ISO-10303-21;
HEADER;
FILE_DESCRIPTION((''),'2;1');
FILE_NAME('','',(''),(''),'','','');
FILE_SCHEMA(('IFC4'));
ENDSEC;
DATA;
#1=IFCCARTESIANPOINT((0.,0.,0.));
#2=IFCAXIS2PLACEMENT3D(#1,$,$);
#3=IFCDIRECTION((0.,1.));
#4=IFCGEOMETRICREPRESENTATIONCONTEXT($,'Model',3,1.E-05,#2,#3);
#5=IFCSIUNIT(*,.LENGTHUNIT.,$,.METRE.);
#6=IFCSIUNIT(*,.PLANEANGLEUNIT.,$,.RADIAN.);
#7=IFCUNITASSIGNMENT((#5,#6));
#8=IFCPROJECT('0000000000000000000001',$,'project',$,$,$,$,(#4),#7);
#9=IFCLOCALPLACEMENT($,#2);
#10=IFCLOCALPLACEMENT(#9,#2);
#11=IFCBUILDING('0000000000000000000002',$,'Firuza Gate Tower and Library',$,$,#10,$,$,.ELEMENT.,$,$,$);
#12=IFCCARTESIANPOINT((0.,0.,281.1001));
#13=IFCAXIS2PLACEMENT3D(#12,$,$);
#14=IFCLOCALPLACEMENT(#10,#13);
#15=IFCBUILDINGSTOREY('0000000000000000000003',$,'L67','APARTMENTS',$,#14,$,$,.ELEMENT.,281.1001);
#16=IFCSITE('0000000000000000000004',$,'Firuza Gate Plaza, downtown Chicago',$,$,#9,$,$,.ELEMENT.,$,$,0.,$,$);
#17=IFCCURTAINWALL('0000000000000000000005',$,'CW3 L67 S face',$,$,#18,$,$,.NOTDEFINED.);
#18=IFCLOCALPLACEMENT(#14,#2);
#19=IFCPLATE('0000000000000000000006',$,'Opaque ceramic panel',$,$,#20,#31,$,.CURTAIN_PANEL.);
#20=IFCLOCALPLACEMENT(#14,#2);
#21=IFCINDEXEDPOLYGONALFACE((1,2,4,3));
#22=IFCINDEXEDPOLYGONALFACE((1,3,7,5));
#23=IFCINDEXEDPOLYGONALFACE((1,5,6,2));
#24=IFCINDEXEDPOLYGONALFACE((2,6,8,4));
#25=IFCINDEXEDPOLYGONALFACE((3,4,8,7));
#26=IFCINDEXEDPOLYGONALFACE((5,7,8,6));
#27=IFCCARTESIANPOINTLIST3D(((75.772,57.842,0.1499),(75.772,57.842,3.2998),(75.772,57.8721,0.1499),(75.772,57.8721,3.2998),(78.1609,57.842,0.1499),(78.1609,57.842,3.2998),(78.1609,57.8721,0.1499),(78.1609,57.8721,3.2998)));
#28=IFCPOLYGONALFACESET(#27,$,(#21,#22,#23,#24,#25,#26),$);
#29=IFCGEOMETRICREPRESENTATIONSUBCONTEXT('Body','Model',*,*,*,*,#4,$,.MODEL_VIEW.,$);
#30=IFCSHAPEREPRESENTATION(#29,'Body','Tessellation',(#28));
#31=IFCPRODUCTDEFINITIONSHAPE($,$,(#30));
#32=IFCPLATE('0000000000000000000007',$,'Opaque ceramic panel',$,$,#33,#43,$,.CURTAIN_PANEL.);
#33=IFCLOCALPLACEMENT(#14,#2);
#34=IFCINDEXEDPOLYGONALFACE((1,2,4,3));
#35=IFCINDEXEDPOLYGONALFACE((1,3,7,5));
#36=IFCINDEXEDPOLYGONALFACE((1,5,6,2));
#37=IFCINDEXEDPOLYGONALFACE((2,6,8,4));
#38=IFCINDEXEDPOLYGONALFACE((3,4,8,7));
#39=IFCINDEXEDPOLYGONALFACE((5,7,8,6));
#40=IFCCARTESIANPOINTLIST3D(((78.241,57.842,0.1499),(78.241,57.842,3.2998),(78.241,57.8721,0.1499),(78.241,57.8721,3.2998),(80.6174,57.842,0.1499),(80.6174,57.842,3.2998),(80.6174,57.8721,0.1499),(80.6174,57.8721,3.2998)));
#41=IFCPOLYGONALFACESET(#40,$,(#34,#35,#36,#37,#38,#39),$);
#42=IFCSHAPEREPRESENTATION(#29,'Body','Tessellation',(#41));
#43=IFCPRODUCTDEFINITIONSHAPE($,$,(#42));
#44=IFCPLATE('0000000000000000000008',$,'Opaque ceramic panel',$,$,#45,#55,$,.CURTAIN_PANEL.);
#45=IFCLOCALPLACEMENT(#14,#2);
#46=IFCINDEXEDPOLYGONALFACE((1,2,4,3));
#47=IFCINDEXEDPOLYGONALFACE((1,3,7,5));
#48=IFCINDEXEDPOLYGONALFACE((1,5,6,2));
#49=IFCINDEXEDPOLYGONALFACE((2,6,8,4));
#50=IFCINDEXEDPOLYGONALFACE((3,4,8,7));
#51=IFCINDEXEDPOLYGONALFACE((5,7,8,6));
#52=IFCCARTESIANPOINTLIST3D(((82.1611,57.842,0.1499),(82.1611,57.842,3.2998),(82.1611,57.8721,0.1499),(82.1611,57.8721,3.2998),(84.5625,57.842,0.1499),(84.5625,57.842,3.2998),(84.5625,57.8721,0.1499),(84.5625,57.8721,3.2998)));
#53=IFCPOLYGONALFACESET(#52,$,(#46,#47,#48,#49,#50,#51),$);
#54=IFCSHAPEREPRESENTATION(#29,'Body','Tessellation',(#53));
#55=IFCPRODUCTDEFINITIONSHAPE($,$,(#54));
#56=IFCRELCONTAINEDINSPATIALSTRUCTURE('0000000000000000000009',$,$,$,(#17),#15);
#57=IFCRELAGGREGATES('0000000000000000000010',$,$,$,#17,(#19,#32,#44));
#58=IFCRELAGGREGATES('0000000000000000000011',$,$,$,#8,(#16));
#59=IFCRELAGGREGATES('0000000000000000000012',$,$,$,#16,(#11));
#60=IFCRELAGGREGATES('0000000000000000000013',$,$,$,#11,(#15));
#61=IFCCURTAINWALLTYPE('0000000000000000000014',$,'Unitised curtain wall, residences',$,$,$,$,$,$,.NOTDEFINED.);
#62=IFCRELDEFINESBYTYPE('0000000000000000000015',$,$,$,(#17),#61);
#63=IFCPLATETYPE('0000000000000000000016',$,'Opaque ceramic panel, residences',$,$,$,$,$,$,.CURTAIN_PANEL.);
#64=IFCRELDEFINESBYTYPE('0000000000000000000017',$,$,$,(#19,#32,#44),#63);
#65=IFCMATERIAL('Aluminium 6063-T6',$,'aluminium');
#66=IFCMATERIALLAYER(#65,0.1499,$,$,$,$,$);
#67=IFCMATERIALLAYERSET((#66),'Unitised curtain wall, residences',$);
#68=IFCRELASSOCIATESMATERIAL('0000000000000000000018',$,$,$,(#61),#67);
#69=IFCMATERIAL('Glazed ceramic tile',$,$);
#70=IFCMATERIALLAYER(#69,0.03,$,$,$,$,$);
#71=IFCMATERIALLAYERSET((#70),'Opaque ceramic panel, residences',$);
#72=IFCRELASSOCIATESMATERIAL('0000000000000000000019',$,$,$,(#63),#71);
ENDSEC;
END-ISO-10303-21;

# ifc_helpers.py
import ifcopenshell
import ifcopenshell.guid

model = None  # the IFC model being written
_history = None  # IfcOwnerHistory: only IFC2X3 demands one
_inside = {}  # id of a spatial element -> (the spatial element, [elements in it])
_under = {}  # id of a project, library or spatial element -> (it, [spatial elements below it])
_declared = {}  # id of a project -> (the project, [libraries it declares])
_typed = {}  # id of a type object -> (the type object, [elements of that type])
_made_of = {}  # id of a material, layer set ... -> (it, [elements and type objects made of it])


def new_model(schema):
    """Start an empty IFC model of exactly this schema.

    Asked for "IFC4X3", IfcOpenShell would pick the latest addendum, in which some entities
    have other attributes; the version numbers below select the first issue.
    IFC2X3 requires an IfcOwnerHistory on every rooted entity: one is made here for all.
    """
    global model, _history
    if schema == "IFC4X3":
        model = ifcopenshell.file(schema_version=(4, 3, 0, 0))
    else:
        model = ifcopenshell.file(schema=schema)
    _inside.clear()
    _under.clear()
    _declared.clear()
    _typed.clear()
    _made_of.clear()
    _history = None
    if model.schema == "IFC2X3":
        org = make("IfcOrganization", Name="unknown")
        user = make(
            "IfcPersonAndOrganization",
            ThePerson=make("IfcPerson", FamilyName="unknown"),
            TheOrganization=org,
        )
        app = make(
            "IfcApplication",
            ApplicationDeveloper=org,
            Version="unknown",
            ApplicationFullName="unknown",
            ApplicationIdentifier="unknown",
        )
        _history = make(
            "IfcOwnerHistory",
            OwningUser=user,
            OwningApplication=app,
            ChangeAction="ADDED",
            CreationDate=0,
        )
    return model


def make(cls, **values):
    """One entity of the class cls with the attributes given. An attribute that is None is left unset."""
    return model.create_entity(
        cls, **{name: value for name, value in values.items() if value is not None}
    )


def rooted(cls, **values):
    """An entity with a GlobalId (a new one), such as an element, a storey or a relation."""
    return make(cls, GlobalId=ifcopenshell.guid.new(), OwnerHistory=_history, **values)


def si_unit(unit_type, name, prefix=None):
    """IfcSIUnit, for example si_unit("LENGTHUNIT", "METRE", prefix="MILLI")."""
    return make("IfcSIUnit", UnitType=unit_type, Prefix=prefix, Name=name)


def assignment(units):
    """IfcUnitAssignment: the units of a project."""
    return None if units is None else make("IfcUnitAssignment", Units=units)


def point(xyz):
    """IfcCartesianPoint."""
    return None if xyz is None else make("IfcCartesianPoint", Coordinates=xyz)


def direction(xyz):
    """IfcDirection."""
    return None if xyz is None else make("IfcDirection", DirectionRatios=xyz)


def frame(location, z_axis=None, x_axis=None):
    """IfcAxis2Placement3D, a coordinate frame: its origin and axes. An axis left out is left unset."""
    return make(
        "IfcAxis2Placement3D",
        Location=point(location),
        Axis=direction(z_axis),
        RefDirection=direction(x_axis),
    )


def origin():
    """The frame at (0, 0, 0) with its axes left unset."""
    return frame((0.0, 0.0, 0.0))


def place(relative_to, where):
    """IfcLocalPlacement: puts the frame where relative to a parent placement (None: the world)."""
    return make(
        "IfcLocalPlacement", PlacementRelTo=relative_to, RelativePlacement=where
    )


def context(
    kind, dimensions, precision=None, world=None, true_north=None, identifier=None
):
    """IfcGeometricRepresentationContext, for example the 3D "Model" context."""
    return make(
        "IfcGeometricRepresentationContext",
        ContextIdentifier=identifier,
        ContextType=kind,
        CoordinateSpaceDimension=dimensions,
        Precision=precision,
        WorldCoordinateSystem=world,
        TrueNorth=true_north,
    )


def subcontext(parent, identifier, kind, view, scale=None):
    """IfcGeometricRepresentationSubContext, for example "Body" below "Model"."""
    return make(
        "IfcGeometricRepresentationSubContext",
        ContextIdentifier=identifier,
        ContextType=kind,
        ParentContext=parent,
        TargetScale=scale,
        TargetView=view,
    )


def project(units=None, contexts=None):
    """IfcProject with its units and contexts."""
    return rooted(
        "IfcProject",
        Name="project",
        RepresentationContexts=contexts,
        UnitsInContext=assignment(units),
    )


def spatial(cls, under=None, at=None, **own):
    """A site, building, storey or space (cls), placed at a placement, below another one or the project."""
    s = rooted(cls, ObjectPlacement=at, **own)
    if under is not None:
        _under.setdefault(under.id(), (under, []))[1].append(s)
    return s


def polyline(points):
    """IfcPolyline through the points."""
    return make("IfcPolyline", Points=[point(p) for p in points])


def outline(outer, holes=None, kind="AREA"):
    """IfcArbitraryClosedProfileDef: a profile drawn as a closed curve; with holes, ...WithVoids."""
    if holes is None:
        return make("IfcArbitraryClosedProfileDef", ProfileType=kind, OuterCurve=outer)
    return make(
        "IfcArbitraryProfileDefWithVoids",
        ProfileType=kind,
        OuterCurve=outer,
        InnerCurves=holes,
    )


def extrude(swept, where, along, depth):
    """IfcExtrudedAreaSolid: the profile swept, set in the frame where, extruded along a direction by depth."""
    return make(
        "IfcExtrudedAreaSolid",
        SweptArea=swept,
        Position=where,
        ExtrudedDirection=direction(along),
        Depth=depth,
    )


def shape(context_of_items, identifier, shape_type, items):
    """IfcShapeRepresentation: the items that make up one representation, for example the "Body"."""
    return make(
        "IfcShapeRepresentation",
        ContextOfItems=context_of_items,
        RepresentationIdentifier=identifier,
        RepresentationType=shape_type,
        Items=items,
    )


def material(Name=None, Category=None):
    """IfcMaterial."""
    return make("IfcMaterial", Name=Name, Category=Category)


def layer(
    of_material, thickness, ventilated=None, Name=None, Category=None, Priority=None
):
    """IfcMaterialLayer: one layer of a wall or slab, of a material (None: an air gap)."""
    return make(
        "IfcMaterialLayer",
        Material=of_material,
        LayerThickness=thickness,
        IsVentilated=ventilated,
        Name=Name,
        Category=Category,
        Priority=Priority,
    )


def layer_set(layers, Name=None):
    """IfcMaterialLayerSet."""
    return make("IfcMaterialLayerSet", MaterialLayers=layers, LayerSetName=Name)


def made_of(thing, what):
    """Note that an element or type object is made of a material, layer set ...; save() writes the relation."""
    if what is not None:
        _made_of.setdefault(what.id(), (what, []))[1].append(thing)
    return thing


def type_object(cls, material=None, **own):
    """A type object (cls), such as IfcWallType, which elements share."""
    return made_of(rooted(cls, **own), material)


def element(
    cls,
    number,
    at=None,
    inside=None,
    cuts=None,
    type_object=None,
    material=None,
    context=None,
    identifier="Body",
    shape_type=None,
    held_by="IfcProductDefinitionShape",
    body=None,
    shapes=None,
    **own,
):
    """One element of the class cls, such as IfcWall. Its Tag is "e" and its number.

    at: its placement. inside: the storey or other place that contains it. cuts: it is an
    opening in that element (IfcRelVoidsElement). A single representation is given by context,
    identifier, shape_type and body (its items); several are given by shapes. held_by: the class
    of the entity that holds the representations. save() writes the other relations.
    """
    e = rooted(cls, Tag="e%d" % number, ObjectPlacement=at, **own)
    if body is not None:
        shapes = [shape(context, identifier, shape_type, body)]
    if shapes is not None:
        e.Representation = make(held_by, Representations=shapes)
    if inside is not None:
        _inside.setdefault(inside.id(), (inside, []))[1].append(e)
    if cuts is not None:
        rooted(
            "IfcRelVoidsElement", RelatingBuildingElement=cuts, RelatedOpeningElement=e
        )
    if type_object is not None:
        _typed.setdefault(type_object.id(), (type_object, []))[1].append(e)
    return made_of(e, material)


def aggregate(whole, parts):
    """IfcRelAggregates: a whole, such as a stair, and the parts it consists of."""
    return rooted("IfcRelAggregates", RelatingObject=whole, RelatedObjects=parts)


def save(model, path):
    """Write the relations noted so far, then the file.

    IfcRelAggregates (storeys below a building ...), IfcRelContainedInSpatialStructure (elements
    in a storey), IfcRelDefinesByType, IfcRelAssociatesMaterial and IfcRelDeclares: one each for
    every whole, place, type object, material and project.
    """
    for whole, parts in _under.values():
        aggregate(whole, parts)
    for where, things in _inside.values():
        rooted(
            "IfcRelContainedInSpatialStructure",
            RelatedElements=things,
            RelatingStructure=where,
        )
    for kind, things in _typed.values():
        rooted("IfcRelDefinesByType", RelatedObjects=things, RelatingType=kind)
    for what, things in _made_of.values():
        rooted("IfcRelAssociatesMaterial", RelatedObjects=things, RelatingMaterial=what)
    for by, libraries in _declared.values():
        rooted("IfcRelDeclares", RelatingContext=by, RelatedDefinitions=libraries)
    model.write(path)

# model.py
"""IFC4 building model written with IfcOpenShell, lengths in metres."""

from ifc_helpers import new_model, si_unit, direction, frame, origin, place, context, subcontext, project, spatial, polyline, outline, extrude, material, layer, layer_set, type_object, element, aggregate, save


model = new_model("IFC4")

# Units and contexts
model_context = context("Model", 3, precision=1e-05, world=origin(), true_north=direction((0.0, 1.0)))
body_context = subcontext(model_context, "Body", "Model", "MODEL_VIEW")
ifc_project = project(units=[si_unit("LENGTHUNIT", "METRE"), si_unit("PLANEANGLEUNIT", "RADIAN")], contexts=[model_context])

# Site, building, storey
site_placement = place(None, origin())
site = spatial("IfcSite", under=ifc_project, at=site_placement, Name="Firuza Gate Plaza, downtown Chicago", CompositionType="ELEMENT", RefElevation=0.0)
building_placement = place(site_placement, origin())
building = spatial("IfcBuilding", under=site, at=building_placement, Name="Firuza Gate Tower and Library", CompositionType="ELEMENT")
storey_placement = place(building_placement, frame((0.0, 0.0, 281.1001)))
storey = spatial("IfcBuildingStorey", under=building, at=storey_placement, Name="L67", Description="APARTMENTS", CompositionType="ELEMENT", Elevation=281.1001)

# Curtain wall, plates
ifc_material_1 = material(Name="Aluminium 6063-T6", Category="aluminium")
ifc_layer_1 = layer(ifc_material_1, 0.1499)
ifc_layer_set_1 = layer_set([ifc_layer_1], Name="Unitised curtain wall, residences")
curtain_wall_type = type_object("IfcCurtainWallType", Name="Unitised curtain wall, residences", PredefinedType="NOTDEFINED", material=ifc_layer_set_1)
curtain_wall_placement = place(storey_placement, origin())
curtain_wall = element("IfcCurtainWall", 1, at=curtain_wall_placement, inside=storey, type_object=curtain_wall_type, Name="CW3 L67 S face", PredefinedType="NOTDEFINED")
ifc_material_2 = material(Name="Glazed ceramic tile")
ifc_layer_2 = layer(ifc_material_2, 0.03)
ifc_layer_set_2 = layer_set([ifc_layer_2], Name="Opaque ceramic panel, residences")
plate_type_1 = type_object("IfcPlateType", Name="Opaque ceramic panel, residences", PredefinedType="CURTAIN_PANEL", material=ifc_layer_set_2)
plate_1_placement = place(storey_placement, frame((75.772, 57.842, 0.1499), z_axis=(0.0, -1.0, 0.0), x_axis=(1.0, 0.0, 0.0)))
plate_1 = element("IfcPlate", 2, at=plate_1_placement, type_object=plate_type_1, Name="Opaque ceramic panel", PredefinedType="CURTAIN_PANEL", context=body_context, shape_type="SweptSolid", body=[
    extrude(outline(polyline([(0.0, 0.0), (2.3889, 0.0), (2.3889, 3.1499), (0.0, 3.1499), (0.0, 0.0)])), origin(), (0.0, 0.0, -1.0), 0.03),
])
plate_2_placement = place(storey_placement, frame((78.241, 57.842, 0.1499), z_axis=(0.0, -1.0, 0.0), x_axis=(1.0, 0.0, 0.0)))
plate_2 = element("IfcPlate", 3, at=plate_2_placement, type_object=plate_type_1, Name="Opaque ceramic panel", PredefinedType="CURTAIN_PANEL", context=body_context, shape_type="SweptSolid", body=[
    extrude(outline(polyline([(0.0, 0.0), (2.3765, 0.0), (2.3765, 3.1499), (0.0, 3.1499), (0.0, 0.0)])), origin(), (0.0, 0.0, -1.0), 0.03),
])
plate_3_placement = place(storey_placement, frame((82.1611, 57.842, 0.1499), z_axis=(0.0, -1.0, 0.0), x_axis=(1.0, 0.0, 0.0)))
plate_3 = element("IfcPlate", 4, at=plate_3_placement, type_object=plate_type_1, Name="Opaque ceramic panel", PredefinedType="CURTAIN_PANEL", context=body_context, shape_type="SweptSolid", body=[
    extrude(outline(polyline([(0.0, 0.0), (2.4014, 0.0), (2.4014, 3.1499), (0.0, 3.1499), (0.0, 0.0)])), origin(), (0.0, 0.0, -1.0), 0.03),
])
aggregate(curtain_wall, [plate_1, plate_2, plate_3])

save(model, "model.ifc")
